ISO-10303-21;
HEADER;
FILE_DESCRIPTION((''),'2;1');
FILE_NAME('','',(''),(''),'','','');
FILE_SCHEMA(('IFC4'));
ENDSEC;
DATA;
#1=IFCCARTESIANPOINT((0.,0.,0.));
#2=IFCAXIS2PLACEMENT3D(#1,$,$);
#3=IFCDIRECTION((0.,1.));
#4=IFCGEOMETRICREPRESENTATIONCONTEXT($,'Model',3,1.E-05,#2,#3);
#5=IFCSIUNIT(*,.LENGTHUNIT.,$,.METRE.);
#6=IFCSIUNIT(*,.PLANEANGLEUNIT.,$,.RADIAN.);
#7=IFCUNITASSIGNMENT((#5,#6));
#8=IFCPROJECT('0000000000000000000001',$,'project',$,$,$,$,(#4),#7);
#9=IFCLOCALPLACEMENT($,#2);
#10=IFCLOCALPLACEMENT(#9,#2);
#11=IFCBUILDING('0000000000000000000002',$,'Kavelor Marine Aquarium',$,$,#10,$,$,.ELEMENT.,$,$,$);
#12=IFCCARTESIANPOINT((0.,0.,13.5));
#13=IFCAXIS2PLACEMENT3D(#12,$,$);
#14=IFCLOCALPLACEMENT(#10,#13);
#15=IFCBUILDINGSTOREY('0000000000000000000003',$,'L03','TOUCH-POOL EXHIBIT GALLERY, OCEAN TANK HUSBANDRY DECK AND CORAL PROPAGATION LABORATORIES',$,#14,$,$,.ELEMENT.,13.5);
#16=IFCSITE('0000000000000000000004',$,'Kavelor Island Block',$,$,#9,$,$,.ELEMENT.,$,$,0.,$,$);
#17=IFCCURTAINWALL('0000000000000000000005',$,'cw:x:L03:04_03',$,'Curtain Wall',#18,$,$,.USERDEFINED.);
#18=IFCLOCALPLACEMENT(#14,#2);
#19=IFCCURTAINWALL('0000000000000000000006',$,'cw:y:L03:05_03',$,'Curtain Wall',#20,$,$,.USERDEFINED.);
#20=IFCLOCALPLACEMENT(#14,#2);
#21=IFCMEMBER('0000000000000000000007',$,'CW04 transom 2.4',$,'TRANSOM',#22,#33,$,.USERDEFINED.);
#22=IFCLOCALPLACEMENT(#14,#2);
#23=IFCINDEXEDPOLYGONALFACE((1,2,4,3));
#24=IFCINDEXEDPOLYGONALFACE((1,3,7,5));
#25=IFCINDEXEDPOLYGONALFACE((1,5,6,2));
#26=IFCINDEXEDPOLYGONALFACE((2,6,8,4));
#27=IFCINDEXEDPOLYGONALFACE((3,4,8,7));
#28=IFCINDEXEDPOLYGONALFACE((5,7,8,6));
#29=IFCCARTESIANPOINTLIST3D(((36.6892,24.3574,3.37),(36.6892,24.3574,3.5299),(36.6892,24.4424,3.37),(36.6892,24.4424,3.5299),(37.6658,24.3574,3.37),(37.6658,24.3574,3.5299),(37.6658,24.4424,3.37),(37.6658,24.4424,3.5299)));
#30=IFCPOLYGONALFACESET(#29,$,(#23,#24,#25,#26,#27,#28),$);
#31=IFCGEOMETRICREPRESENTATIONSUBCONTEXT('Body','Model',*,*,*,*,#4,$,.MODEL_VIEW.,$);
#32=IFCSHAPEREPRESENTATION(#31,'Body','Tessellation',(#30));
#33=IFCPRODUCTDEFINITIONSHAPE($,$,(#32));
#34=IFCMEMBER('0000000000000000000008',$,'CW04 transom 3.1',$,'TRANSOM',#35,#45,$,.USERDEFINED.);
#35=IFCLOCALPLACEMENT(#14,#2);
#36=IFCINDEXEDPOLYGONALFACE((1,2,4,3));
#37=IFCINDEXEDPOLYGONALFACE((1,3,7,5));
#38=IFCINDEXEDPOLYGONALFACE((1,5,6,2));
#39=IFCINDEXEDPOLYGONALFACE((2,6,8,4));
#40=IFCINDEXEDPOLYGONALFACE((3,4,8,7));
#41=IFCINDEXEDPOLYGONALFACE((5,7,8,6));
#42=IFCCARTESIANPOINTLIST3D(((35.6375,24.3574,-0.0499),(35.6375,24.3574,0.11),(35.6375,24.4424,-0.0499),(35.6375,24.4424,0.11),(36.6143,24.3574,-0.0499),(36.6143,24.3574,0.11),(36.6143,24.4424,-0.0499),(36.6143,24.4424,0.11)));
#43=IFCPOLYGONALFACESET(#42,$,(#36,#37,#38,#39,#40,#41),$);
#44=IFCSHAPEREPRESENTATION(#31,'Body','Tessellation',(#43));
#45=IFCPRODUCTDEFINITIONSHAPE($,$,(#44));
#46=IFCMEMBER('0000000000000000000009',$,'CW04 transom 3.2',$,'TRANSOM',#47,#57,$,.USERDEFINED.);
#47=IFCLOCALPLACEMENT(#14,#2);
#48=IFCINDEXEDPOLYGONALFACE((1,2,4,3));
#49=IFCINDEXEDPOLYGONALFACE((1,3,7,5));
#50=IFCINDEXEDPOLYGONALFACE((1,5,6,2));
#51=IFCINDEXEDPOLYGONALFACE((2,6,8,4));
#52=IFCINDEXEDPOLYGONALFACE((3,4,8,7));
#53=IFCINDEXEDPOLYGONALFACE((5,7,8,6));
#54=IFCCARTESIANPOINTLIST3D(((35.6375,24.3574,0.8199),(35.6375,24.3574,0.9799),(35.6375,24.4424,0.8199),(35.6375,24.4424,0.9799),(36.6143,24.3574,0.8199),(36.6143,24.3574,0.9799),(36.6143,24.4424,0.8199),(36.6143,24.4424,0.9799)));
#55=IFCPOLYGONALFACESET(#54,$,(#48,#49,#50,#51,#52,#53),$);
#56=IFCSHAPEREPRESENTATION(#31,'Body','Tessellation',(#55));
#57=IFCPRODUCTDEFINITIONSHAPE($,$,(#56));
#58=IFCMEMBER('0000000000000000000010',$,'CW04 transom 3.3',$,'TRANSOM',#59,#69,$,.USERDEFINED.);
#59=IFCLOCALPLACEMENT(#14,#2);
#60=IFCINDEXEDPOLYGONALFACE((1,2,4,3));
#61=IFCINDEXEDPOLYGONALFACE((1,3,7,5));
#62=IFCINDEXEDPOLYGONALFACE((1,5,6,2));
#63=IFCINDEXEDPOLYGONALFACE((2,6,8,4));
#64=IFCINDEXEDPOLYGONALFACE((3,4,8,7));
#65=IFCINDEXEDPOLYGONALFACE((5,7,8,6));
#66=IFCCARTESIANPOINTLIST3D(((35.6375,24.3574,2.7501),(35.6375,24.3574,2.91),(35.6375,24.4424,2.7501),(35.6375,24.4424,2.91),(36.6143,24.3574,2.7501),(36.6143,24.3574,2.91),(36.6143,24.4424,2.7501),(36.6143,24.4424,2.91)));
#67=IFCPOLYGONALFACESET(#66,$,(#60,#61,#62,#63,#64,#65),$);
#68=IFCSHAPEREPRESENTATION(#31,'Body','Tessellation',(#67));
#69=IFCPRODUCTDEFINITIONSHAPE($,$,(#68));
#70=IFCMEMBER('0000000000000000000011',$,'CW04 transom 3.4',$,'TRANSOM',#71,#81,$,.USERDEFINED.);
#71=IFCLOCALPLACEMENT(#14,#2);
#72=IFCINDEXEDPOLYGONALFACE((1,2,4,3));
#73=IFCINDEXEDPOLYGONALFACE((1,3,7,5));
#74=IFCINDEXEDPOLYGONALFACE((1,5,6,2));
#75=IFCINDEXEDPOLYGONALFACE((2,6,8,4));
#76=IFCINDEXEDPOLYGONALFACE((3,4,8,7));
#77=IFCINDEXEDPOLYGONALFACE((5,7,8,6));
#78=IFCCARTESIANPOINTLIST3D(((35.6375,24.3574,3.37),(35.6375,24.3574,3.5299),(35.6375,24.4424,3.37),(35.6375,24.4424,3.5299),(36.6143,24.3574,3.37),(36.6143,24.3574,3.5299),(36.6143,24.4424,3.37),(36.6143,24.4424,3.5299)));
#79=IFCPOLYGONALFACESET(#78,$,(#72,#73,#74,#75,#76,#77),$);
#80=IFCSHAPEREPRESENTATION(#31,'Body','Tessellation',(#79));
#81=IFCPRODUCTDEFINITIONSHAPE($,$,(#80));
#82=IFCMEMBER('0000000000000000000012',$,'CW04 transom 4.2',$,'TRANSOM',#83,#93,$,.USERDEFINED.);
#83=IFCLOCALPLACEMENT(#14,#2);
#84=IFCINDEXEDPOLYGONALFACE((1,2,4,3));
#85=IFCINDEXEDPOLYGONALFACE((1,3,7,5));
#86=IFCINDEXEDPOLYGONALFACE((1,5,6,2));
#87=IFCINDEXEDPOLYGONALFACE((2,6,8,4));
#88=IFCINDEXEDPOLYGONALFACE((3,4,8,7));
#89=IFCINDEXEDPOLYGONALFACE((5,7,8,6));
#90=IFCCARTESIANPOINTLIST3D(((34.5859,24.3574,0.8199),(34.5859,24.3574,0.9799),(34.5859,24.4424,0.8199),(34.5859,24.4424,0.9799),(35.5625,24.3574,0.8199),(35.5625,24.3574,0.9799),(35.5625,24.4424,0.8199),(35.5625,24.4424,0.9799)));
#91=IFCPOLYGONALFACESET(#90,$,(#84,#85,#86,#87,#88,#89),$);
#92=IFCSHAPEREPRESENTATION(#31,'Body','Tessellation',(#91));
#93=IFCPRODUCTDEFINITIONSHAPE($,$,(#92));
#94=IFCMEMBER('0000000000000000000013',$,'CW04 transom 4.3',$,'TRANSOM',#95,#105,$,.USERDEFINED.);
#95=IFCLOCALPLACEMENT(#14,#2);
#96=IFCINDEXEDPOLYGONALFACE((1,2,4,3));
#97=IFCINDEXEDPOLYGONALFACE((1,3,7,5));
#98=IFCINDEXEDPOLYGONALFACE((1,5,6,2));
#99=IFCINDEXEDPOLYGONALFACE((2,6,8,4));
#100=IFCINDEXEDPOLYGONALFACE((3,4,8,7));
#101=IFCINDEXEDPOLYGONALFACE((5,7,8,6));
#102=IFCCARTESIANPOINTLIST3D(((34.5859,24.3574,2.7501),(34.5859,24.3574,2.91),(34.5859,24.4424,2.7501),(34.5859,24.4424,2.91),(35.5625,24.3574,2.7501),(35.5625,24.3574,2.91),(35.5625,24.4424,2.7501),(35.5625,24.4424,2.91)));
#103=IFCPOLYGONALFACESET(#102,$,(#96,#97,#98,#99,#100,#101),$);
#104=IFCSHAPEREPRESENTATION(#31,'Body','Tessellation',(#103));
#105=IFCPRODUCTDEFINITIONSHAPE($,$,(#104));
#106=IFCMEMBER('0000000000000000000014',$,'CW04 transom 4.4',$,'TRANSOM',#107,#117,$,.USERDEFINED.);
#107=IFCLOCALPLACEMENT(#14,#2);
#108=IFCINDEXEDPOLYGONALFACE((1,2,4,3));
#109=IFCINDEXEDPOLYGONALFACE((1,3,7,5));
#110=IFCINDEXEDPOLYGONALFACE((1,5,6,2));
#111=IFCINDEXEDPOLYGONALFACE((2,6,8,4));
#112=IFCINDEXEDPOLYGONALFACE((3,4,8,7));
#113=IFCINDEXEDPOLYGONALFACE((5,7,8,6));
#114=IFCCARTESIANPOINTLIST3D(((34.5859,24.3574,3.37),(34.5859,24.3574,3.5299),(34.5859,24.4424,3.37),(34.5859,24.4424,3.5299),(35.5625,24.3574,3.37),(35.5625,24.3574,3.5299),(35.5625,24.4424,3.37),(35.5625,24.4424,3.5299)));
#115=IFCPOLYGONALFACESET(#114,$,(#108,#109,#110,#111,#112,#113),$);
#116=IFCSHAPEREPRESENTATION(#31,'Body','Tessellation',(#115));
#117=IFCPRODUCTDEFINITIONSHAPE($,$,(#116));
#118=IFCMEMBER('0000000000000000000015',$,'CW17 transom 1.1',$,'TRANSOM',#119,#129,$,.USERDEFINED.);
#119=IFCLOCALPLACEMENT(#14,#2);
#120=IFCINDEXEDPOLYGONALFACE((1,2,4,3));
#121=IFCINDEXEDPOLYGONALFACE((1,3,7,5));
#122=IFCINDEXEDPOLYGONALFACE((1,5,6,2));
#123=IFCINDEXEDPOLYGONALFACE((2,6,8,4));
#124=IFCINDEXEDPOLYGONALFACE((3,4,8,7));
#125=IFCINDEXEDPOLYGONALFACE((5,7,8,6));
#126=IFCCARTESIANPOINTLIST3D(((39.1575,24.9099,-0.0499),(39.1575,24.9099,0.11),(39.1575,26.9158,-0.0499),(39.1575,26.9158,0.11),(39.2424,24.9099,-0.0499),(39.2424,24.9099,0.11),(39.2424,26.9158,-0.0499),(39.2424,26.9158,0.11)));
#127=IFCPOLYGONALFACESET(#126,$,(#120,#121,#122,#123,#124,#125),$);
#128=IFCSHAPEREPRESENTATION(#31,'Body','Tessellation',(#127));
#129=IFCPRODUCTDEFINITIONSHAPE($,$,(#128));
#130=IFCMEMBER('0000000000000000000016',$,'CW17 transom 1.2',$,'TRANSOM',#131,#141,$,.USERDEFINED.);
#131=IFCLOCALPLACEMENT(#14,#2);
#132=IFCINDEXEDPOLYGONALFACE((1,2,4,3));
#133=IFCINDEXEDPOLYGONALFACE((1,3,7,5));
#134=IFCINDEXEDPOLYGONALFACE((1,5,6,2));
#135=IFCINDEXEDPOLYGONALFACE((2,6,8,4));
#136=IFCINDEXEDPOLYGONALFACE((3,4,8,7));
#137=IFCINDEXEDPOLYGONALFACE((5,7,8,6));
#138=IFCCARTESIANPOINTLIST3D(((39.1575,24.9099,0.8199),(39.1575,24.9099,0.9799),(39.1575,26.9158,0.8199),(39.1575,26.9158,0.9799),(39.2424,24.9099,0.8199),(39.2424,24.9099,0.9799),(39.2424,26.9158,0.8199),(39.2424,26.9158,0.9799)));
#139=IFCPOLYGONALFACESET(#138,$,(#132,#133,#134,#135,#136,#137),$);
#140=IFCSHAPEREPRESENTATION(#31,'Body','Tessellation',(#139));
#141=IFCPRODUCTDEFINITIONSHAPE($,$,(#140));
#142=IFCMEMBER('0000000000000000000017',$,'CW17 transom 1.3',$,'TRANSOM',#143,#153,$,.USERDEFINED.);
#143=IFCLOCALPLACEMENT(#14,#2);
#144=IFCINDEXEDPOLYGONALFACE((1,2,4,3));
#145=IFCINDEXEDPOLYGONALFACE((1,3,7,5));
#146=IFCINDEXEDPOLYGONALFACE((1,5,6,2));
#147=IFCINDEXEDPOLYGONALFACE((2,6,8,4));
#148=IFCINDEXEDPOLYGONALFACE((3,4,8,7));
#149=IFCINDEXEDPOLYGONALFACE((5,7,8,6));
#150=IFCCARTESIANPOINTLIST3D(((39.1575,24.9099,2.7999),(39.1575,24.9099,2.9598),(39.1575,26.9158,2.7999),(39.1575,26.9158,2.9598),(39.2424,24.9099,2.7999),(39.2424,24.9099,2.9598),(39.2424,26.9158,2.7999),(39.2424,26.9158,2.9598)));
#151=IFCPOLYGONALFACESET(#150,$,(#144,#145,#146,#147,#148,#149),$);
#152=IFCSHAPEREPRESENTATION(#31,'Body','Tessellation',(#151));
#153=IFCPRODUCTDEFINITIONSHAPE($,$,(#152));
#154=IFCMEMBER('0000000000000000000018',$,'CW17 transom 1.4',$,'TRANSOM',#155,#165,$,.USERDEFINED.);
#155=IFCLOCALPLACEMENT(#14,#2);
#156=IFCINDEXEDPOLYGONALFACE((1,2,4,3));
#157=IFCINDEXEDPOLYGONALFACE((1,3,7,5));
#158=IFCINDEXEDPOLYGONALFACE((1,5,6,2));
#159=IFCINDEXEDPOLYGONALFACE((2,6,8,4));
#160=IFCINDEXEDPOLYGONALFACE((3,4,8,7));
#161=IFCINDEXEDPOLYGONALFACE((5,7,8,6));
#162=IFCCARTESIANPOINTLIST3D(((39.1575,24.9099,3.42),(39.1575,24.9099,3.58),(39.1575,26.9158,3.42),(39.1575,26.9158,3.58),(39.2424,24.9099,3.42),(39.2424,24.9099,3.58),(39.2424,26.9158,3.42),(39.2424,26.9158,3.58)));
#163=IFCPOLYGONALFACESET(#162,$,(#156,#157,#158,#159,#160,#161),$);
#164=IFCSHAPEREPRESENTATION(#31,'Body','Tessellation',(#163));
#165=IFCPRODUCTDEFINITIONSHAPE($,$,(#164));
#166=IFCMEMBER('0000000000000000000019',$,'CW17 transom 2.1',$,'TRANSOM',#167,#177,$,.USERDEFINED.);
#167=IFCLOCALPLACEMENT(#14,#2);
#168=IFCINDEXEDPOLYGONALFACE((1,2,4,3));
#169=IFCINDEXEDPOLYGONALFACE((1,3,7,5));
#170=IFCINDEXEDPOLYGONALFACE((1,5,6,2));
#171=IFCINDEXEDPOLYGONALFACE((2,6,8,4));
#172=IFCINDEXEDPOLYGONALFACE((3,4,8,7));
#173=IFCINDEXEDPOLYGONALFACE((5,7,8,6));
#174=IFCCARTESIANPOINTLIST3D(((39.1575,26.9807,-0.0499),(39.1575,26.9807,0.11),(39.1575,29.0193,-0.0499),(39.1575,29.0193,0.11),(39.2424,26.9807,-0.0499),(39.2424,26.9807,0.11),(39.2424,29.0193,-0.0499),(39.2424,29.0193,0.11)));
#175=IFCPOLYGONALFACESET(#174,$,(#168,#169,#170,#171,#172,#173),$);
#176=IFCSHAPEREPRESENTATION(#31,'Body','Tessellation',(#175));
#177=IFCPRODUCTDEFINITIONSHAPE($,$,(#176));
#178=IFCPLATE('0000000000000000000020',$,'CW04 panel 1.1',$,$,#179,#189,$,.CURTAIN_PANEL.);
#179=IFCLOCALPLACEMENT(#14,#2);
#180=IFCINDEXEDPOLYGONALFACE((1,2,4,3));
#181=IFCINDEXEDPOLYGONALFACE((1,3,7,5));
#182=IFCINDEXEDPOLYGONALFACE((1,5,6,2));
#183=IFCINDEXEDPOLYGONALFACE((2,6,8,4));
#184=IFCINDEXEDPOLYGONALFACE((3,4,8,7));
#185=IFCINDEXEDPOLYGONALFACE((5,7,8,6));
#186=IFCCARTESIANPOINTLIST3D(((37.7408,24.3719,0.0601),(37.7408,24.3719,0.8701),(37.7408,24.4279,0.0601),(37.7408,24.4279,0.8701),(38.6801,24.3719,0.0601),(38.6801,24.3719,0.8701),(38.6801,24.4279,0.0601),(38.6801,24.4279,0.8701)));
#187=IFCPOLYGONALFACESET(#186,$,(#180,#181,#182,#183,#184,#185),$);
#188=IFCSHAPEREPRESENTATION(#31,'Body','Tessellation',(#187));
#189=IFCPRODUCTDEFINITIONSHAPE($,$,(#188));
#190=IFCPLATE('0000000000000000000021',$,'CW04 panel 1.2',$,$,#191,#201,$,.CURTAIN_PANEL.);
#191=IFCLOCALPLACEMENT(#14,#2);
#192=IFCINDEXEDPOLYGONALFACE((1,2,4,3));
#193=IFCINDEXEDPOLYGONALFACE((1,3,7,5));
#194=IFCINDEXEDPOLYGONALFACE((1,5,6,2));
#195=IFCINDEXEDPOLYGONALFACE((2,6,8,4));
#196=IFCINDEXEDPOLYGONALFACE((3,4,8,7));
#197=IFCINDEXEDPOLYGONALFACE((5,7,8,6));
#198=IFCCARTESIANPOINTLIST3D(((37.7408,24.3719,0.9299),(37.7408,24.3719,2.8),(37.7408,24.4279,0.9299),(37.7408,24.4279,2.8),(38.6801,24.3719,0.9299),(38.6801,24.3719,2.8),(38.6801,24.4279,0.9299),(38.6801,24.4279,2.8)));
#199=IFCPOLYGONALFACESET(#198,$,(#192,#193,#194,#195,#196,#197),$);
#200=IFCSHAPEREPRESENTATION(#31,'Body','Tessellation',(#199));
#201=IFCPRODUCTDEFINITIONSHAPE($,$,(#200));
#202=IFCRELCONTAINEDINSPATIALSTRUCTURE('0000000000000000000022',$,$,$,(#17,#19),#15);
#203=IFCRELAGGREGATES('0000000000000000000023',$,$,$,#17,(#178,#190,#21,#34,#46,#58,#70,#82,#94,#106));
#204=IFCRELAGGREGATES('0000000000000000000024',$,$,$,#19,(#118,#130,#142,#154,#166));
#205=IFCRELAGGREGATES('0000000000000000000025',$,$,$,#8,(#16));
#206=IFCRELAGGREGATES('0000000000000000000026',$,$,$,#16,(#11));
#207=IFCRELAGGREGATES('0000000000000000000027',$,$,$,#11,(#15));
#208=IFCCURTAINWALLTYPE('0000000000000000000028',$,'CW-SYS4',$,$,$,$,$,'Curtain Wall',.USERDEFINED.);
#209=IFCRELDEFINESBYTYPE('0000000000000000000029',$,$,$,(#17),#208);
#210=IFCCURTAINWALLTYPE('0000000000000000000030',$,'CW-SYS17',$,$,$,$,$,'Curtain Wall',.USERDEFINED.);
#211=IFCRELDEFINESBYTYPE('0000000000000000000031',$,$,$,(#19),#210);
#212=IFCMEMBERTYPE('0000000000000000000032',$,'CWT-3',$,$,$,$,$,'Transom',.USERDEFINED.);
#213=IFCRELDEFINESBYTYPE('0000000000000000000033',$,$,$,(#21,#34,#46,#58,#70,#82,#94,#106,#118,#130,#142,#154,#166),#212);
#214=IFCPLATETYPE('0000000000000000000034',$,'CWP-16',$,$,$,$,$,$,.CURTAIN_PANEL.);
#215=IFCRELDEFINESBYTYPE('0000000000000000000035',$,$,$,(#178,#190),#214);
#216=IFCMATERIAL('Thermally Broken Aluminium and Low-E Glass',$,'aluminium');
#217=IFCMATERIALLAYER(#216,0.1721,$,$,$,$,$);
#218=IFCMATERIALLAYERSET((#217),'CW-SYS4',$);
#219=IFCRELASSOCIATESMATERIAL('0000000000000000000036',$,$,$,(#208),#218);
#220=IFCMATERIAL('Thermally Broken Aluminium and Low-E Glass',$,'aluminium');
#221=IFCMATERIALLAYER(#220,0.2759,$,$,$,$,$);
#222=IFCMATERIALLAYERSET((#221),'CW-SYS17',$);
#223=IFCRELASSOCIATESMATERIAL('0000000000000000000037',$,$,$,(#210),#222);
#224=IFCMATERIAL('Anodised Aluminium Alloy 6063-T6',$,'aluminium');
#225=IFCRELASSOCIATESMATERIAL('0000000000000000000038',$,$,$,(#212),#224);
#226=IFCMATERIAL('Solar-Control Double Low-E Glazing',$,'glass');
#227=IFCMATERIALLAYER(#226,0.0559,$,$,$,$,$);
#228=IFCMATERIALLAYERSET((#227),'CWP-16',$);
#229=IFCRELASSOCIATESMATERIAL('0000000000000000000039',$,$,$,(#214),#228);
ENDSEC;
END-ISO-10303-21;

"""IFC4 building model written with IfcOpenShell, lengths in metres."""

from ifc_helpers import new_model, si_unit, direction, frame, origin, origin_2d, place, context, subcontext, project, spatial, rectangle, extrude, material, layer, layer_set, material_profile, profile_set, type_object, element, aggregate, save


model = new_model("IFC4")

# Units and contexts
model_context = context("Model", 3, precision=1e-05, world=origin(), true_north=direction((0.0, 1.0)))
body_context = subcontext(model_context, "Body", "Model", "MODEL_VIEW")
ifc_project = project(units=[si_unit("LENGTHUNIT", "METRE"), si_unit("PLANEANGLEUNIT", "RADIAN")], contexts=[model_context])

# Site, building, storey
site_placement = place(None, origin())
site = spatial("IfcSite", under=ifc_project, at=site_placement, Name="Kavelor Island Block", CompositionType="ELEMENT", RefElevation=0.0)
building_placement = place(site_placement, origin())
building = spatial("IfcBuilding", under=site, at=building_placement, Name="Kavelor Marine Aquarium", CompositionType="ELEMENT")
storey_placement = place(building_placement, frame((0.0, 0.0, 13.5)))
storey = spatial("IfcBuildingStorey", under=building, at=storey_placement, Name="L03", Description="TOUCH-POOL EXHIBIT GALLERY, OCEAN TANK HUSBANDRY DECK AND CORAL PROPAGATION LABORATORIES", CompositionType="ELEMENT", Elevation=13.5)

# Curtain walls
ifc_material_1 = material(Name="Thermally Broken Aluminium and Low-E Glass", Category="aluminium")
ifc_layer_1 = layer(ifc_material_1, 0.1721)
ifc_layer_set_1 = layer_set([ifc_layer_1], Name="CW-SYS4")
curtain_wall_type_1 = type_object("IfcCurtainWallType", Name="CW-SYS4", ElementType="Curtain Wall", PredefinedType="USERDEFINED", material=ifc_layer_set_1)
curtain_wall_1_placement = place(storey_placement, origin())
curtain_wall_1 = element("IfcCurtainWall", 1, at=curtain_wall_1_placement, inside=storey, type_object=curtain_wall_type_1, Name="cw:x:L03:04_03", ObjectType="Curtain Wall", PredefinedType="USERDEFINED")
ifc_material_2 = material(Name="Thermally Broken Aluminium and Low-E Glass", Category="aluminium")
ifc_layer_2 = layer(ifc_material_2, 0.2759)
ifc_layer_set_2 = layer_set([ifc_layer_2], Name="CW-SYS17")
curtain_wall_type_2 = type_object("IfcCurtainWallType", Name="CW-SYS17", ElementType="Curtain Wall", PredefinedType="USERDEFINED", material=ifc_layer_set_2)
curtain_wall_2_placement = place(storey_placement, origin())
curtain_wall_2 = element("IfcCurtainWall", 2, at=curtain_wall_2_placement, inside=storey, type_object=curtain_wall_type_2, Name="cw:y:L03:05_03", ObjectType="Curtain Wall", PredefinedType="USERDEFINED")

# Members
ifc_material_3 = material(Name="Anodised Aluminium Alloy 6063-T6", Category="aluminium")
ifc_material_profile_1 = material_profile(ifc_material_3, rectangle(XDim=0.085, YDim=0.1599, at=origin_2d()), Name="CW-TRN 85x160")
ifc_profile_set_1 = profile_set([ifc_material_profile_1], Name="Anodised Aluminium Alloy 6063-T6")
member_type_1 = type_object("IfcMemberType", Name="CWT-3", ElementType="Transom", PredefinedType="USERDEFINED", material=ifc_profile_set_1)
member_1_placement = place(storey_placement, frame((37.6658, 24.3999, 3.45), z_axis=(-1.0, 0.0, 0.0), x_axis=(0.0, -1.0, 0.0)))
member_1 = element("IfcMember", 3, at=member_1_placement, type_object=member_type_1, Name="CW04 transom 2.4", ObjectType="TRANSOM", PredefinedType="USERDEFINED", context=body_context, shape_type="SweptSolid", body=[
    extrude(rectangle(XDim=0.085, YDim=0.1599, at=origin_2d()), origin(), (0.0, 0.0, 1.0), 0.9766),
])
member_2_placement = place(storey_placement, frame((36.6143, 24.3999, 0.03), z_axis=(-1.0, 0.0, 0.0), x_axis=(0.0, -1.0, 0.0)))
member_2 = element("IfcMember", 4, at=member_2_placement, type_object=member_type_1, Name="CW04 transom 3.1", ObjectType="TRANSOM", PredefinedType="USERDEFINED", context=body_context, shape_type="SweptSolid", body=[
    extrude(rectangle(XDim=0.085, YDim=0.1599, at=origin_2d()), origin(), (0.0, 0.0, 1.0), 0.9768),
])
member_3_placement = place(storey_placement, frame((36.6143, 24.3999, 0.8999), z_axis=(-1.0, 0.0, 0.0), x_axis=(0.0, -1.0, 0.0)))
member_3 = element("IfcMember", 5, at=member_3_placement, type_object=member_type_1, Name="CW04 transom 3.2", ObjectType="TRANSOM", PredefinedType="USERDEFINED", context=body_context, shape_type="SweptSolid", body=[
    extrude(rectangle(XDim=0.085, YDim=0.1599, at=origin_2d()), origin(), (0.0, 0.0, 1.0), 0.9768),
])
member_4_placement = place(storey_placement, frame((36.6143, 24.3999, 2.8301), z_axis=(-1.0, 0.0, 0.0), x_axis=(0.0, -1.0, 0.0)))
member_4 = element("IfcMember", 6, at=member_4_placement, type_object=member_type_1, Name="CW04 transom 3.3", ObjectType="TRANSOM", PredefinedType="USERDEFINED", context=body_context, shape_type="SweptSolid", body=[
    extrude(rectangle(XDim=0.085, YDim=0.1599, at=origin_2d()), origin(), (0.0, 0.0, 1.0), 0.9768),
])
member_5_placement = place(storey_placement, frame((36.6143, 24.3999, 3.45), z_axis=(-1.0, 0.0, 0.0), x_axis=(0.0, -1.0, 0.0)))
member_5 = element("IfcMember", 7, at=member_5_placement, type_object=member_type_1, Name="CW04 transom 3.4", ObjectType="TRANSOM", PredefinedType="USERDEFINED", context=body_context, shape_type="SweptSolid", body=[
    extrude(rectangle(XDim=0.085, YDim=0.1599, at=origin_2d()), origin(), (0.0, 0.0, 1.0), 0.9768),
])
member_6_placement = place(storey_placement, frame((35.5625, 24.3999, 0.8999), z_axis=(-1.0, 0.0, 0.0), x_axis=(0.0, -1.0, 0.0)))
member_6 = element("IfcMember", 8, at=member_6_placement, type_object=member_type_1, Name="CW04 transom 4.2", ObjectType="TRANSOM", PredefinedType="USERDEFINED", context=body_context, shape_type="SweptSolid", body=[
    extrude(rectangle(XDim=0.085, YDim=0.1599, at=origin_2d()), origin(), (0.0, 0.0, 1.0), 0.9766),
])
member_7_placement = place(storey_placement, frame((35.5625, 24.3999, 2.8301), z_axis=(-1.0, 0.0, 0.0), x_axis=(0.0, -1.0, 0.0)))
member_7 = element("IfcMember", 9, at=member_7_placement, type_object=member_type_1, Name="CW04 transom 4.3", ObjectType="TRANSOM", PredefinedType="USERDEFINED", context=body_context, shape_type="SweptSolid", body=[
    extrude(rectangle(XDim=0.085, YDim=0.1599, at=origin_2d()), origin(), (0.0, 0.0, 1.0), 0.9766),
])
member_8_placement = place(storey_placement, frame((35.5625, 24.3999, 3.45), z_axis=(-1.0, 0.0, 0.0), x_axis=(0.0, -1.0, 0.0)))
member_8 = element("IfcMember", 10, at=member_8_placement, type_object=member_type_1, Name="CW04 transom 4.4", ObjectType="TRANSOM", PredefinedType="USERDEFINED", context=body_context, shape_type="SweptSolid", body=[
    extrude(rectangle(XDim=0.085, YDim=0.1599, at=origin_2d()), origin(), (0.0, 0.0, 1.0), 0.9766),
])
member_9_placement = place(storey_placement, frame((39.2, 24.9099, 0.03), z_axis=(0.0, 1.0, 0.0), x_axis=(-1.0, 0.0, 0.0)))
member_9 = element("IfcMember", 11, at=member_9_placement, type_object=member_type_1, Name="CW17 transom 1.1", ObjectType="TRANSOM", PredefinedType="USERDEFINED", context=body_context, shape_type="SweptSolid", body=[
    extrude(rectangle(XDim=0.085, YDim=0.1599, at=origin_2d()), origin(), (0.0, 0.0, 1.0), 2.0059),
])
member_10_placement = place(storey_placement, frame((39.2, 24.9099, 0.8999), z_axis=(0.0, 1.0, 0.0), x_axis=(-1.0, 0.0, 0.0)))
member_10 = element("IfcMember", 12, at=member_10_placement, type_object=member_type_1, Name="CW17 transom 1.2", ObjectType="TRANSOM", PredefinedType="USERDEFINED", context=body_context, shape_type="SweptSolid", body=[
    extrude(rectangle(XDim=0.085, YDim=0.1599, at=origin_2d()), origin(), (0.0, 0.0, 1.0), 2.0059),
])
member_11_placement = place(storey_placement, frame((39.2, 24.9099, 2.8799), z_axis=(0.0, 1.0, 0.0), x_axis=(-1.0, 0.0, 0.0)))
member_11 = element("IfcMember", 13, at=member_11_placement, type_object=member_type_1, Name="CW17 transom 1.3", ObjectType="TRANSOM", PredefinedType="USERDEFINED", context=body_context, shape_type="SweptSolid", body=[
    extrude(rectangle(XDim=0.085, YDim=0.1599, at=origin_2d()), origin(), (0.0, 0.0, 1.0), 2.0059),
])
member_12_placement = place(storey_placement, frame((39.2, 24.9099, 3.5), z_axis=(0.0, 1.0, 0.0), x_axis=(-1.0, 0.0, 0.0)))
member_12 = element("IfcMember", 14, at=member_12_placement, type_object=member_type_1, Name="CW17 transom 1.4", ObjectType="TRANSOM", PredefinedType="USERDEFINED", context=body_context, shape_type="SweptSolid", body=[
    extrude(rectangle(XDim=0.085, YDim=0.1599, at=origin_2d()), origin(), (0.0, 0.0, 1.0), 2.0059),
])
member_13_placement = place(storey_placement, frame((39.2, 26.9807, 0.03), z_axis=(0.0, 1.0, 0.0), x_axis=(-1.0, 0.0, 0.0)))
member_13 = element("IfcMember", 15, at=member_13_placement, type_object=member_type_1, Name="CW17 transom 2.1", ObjectType="TRANSOM", PredefinedType="USERDEFINED", context=body_context, shape_type="SweptSolid", body=[
    extrude(rectangle(XDim=0.085, YDim=0.1599, at=origin_2d()), origin(), (0.0, 0.0, 1.0), 2.0386),
])

# Plates
ifc_material_4 = material(Name="Solar-Control Double Low-E Glazing", Category="glass")
ifc_layer_3 = layer(ifc_material_4, 0.0559)
ifc_layer_set_3 = layer_set([ifc_layer_3], Name="CWP-16")
plate_type_1 = type_object("IfcPlateType", Name="CWP-16", PredefinedType="CURTAIN_PANEL", material=ifc_layer_set_3)
plate_1_placement = place(storey_placement, frame((38.2104, 24.3999, 0.0601), z_axis=(0.0, 0.0, 1.0), x_axis=(-1.0, 0.0, 0.0)))
plate_1 = element("IfcPlate", 16, at=plate_1_placement, type_object=plate_type_1, Name="CW04 panel 1.1", PredefinedType="CURTAIN_PANEL", context=body_context, shape_type="SweptSolid", body=[
    extrude(rectangle(XDim=0.9392, YDim=0.0559, at=origin_2d()), origin(), (0.0, 0.0, 1.0), 0.8101),
])
plate_2_placement = place(storey_placement, frame((38.2104, 24.3999, 0.9299), z_axis=(0.0, 0.0, 1.0), x_axis=(-1.0, 0.0, 0.0)))
plate_2 = element("IfcPlate", 17, at=plate_2_placement, type_object=plate_type_1, Name="CW04 panel 1.2", PredefinedType="CURTAIN_PANEL", context=body_context, shape_type="SweptSolid", body=[
    extrude(rectangle(XDim=0.9392, YDim=0.0559, at=origin_2d()), origin(), (0.0, 0.0, 1.0), 1.8701),
])
aggregate(curtain_wall_1, [plate_1, plate_2, member_1, member_2, member_3, member_4, member_5, member_6, member_7, member_8])
aggregate(curtain_wall_2, [member_9, member_10, member_11, member_12, member_13])

save(model, "model.ifc")
